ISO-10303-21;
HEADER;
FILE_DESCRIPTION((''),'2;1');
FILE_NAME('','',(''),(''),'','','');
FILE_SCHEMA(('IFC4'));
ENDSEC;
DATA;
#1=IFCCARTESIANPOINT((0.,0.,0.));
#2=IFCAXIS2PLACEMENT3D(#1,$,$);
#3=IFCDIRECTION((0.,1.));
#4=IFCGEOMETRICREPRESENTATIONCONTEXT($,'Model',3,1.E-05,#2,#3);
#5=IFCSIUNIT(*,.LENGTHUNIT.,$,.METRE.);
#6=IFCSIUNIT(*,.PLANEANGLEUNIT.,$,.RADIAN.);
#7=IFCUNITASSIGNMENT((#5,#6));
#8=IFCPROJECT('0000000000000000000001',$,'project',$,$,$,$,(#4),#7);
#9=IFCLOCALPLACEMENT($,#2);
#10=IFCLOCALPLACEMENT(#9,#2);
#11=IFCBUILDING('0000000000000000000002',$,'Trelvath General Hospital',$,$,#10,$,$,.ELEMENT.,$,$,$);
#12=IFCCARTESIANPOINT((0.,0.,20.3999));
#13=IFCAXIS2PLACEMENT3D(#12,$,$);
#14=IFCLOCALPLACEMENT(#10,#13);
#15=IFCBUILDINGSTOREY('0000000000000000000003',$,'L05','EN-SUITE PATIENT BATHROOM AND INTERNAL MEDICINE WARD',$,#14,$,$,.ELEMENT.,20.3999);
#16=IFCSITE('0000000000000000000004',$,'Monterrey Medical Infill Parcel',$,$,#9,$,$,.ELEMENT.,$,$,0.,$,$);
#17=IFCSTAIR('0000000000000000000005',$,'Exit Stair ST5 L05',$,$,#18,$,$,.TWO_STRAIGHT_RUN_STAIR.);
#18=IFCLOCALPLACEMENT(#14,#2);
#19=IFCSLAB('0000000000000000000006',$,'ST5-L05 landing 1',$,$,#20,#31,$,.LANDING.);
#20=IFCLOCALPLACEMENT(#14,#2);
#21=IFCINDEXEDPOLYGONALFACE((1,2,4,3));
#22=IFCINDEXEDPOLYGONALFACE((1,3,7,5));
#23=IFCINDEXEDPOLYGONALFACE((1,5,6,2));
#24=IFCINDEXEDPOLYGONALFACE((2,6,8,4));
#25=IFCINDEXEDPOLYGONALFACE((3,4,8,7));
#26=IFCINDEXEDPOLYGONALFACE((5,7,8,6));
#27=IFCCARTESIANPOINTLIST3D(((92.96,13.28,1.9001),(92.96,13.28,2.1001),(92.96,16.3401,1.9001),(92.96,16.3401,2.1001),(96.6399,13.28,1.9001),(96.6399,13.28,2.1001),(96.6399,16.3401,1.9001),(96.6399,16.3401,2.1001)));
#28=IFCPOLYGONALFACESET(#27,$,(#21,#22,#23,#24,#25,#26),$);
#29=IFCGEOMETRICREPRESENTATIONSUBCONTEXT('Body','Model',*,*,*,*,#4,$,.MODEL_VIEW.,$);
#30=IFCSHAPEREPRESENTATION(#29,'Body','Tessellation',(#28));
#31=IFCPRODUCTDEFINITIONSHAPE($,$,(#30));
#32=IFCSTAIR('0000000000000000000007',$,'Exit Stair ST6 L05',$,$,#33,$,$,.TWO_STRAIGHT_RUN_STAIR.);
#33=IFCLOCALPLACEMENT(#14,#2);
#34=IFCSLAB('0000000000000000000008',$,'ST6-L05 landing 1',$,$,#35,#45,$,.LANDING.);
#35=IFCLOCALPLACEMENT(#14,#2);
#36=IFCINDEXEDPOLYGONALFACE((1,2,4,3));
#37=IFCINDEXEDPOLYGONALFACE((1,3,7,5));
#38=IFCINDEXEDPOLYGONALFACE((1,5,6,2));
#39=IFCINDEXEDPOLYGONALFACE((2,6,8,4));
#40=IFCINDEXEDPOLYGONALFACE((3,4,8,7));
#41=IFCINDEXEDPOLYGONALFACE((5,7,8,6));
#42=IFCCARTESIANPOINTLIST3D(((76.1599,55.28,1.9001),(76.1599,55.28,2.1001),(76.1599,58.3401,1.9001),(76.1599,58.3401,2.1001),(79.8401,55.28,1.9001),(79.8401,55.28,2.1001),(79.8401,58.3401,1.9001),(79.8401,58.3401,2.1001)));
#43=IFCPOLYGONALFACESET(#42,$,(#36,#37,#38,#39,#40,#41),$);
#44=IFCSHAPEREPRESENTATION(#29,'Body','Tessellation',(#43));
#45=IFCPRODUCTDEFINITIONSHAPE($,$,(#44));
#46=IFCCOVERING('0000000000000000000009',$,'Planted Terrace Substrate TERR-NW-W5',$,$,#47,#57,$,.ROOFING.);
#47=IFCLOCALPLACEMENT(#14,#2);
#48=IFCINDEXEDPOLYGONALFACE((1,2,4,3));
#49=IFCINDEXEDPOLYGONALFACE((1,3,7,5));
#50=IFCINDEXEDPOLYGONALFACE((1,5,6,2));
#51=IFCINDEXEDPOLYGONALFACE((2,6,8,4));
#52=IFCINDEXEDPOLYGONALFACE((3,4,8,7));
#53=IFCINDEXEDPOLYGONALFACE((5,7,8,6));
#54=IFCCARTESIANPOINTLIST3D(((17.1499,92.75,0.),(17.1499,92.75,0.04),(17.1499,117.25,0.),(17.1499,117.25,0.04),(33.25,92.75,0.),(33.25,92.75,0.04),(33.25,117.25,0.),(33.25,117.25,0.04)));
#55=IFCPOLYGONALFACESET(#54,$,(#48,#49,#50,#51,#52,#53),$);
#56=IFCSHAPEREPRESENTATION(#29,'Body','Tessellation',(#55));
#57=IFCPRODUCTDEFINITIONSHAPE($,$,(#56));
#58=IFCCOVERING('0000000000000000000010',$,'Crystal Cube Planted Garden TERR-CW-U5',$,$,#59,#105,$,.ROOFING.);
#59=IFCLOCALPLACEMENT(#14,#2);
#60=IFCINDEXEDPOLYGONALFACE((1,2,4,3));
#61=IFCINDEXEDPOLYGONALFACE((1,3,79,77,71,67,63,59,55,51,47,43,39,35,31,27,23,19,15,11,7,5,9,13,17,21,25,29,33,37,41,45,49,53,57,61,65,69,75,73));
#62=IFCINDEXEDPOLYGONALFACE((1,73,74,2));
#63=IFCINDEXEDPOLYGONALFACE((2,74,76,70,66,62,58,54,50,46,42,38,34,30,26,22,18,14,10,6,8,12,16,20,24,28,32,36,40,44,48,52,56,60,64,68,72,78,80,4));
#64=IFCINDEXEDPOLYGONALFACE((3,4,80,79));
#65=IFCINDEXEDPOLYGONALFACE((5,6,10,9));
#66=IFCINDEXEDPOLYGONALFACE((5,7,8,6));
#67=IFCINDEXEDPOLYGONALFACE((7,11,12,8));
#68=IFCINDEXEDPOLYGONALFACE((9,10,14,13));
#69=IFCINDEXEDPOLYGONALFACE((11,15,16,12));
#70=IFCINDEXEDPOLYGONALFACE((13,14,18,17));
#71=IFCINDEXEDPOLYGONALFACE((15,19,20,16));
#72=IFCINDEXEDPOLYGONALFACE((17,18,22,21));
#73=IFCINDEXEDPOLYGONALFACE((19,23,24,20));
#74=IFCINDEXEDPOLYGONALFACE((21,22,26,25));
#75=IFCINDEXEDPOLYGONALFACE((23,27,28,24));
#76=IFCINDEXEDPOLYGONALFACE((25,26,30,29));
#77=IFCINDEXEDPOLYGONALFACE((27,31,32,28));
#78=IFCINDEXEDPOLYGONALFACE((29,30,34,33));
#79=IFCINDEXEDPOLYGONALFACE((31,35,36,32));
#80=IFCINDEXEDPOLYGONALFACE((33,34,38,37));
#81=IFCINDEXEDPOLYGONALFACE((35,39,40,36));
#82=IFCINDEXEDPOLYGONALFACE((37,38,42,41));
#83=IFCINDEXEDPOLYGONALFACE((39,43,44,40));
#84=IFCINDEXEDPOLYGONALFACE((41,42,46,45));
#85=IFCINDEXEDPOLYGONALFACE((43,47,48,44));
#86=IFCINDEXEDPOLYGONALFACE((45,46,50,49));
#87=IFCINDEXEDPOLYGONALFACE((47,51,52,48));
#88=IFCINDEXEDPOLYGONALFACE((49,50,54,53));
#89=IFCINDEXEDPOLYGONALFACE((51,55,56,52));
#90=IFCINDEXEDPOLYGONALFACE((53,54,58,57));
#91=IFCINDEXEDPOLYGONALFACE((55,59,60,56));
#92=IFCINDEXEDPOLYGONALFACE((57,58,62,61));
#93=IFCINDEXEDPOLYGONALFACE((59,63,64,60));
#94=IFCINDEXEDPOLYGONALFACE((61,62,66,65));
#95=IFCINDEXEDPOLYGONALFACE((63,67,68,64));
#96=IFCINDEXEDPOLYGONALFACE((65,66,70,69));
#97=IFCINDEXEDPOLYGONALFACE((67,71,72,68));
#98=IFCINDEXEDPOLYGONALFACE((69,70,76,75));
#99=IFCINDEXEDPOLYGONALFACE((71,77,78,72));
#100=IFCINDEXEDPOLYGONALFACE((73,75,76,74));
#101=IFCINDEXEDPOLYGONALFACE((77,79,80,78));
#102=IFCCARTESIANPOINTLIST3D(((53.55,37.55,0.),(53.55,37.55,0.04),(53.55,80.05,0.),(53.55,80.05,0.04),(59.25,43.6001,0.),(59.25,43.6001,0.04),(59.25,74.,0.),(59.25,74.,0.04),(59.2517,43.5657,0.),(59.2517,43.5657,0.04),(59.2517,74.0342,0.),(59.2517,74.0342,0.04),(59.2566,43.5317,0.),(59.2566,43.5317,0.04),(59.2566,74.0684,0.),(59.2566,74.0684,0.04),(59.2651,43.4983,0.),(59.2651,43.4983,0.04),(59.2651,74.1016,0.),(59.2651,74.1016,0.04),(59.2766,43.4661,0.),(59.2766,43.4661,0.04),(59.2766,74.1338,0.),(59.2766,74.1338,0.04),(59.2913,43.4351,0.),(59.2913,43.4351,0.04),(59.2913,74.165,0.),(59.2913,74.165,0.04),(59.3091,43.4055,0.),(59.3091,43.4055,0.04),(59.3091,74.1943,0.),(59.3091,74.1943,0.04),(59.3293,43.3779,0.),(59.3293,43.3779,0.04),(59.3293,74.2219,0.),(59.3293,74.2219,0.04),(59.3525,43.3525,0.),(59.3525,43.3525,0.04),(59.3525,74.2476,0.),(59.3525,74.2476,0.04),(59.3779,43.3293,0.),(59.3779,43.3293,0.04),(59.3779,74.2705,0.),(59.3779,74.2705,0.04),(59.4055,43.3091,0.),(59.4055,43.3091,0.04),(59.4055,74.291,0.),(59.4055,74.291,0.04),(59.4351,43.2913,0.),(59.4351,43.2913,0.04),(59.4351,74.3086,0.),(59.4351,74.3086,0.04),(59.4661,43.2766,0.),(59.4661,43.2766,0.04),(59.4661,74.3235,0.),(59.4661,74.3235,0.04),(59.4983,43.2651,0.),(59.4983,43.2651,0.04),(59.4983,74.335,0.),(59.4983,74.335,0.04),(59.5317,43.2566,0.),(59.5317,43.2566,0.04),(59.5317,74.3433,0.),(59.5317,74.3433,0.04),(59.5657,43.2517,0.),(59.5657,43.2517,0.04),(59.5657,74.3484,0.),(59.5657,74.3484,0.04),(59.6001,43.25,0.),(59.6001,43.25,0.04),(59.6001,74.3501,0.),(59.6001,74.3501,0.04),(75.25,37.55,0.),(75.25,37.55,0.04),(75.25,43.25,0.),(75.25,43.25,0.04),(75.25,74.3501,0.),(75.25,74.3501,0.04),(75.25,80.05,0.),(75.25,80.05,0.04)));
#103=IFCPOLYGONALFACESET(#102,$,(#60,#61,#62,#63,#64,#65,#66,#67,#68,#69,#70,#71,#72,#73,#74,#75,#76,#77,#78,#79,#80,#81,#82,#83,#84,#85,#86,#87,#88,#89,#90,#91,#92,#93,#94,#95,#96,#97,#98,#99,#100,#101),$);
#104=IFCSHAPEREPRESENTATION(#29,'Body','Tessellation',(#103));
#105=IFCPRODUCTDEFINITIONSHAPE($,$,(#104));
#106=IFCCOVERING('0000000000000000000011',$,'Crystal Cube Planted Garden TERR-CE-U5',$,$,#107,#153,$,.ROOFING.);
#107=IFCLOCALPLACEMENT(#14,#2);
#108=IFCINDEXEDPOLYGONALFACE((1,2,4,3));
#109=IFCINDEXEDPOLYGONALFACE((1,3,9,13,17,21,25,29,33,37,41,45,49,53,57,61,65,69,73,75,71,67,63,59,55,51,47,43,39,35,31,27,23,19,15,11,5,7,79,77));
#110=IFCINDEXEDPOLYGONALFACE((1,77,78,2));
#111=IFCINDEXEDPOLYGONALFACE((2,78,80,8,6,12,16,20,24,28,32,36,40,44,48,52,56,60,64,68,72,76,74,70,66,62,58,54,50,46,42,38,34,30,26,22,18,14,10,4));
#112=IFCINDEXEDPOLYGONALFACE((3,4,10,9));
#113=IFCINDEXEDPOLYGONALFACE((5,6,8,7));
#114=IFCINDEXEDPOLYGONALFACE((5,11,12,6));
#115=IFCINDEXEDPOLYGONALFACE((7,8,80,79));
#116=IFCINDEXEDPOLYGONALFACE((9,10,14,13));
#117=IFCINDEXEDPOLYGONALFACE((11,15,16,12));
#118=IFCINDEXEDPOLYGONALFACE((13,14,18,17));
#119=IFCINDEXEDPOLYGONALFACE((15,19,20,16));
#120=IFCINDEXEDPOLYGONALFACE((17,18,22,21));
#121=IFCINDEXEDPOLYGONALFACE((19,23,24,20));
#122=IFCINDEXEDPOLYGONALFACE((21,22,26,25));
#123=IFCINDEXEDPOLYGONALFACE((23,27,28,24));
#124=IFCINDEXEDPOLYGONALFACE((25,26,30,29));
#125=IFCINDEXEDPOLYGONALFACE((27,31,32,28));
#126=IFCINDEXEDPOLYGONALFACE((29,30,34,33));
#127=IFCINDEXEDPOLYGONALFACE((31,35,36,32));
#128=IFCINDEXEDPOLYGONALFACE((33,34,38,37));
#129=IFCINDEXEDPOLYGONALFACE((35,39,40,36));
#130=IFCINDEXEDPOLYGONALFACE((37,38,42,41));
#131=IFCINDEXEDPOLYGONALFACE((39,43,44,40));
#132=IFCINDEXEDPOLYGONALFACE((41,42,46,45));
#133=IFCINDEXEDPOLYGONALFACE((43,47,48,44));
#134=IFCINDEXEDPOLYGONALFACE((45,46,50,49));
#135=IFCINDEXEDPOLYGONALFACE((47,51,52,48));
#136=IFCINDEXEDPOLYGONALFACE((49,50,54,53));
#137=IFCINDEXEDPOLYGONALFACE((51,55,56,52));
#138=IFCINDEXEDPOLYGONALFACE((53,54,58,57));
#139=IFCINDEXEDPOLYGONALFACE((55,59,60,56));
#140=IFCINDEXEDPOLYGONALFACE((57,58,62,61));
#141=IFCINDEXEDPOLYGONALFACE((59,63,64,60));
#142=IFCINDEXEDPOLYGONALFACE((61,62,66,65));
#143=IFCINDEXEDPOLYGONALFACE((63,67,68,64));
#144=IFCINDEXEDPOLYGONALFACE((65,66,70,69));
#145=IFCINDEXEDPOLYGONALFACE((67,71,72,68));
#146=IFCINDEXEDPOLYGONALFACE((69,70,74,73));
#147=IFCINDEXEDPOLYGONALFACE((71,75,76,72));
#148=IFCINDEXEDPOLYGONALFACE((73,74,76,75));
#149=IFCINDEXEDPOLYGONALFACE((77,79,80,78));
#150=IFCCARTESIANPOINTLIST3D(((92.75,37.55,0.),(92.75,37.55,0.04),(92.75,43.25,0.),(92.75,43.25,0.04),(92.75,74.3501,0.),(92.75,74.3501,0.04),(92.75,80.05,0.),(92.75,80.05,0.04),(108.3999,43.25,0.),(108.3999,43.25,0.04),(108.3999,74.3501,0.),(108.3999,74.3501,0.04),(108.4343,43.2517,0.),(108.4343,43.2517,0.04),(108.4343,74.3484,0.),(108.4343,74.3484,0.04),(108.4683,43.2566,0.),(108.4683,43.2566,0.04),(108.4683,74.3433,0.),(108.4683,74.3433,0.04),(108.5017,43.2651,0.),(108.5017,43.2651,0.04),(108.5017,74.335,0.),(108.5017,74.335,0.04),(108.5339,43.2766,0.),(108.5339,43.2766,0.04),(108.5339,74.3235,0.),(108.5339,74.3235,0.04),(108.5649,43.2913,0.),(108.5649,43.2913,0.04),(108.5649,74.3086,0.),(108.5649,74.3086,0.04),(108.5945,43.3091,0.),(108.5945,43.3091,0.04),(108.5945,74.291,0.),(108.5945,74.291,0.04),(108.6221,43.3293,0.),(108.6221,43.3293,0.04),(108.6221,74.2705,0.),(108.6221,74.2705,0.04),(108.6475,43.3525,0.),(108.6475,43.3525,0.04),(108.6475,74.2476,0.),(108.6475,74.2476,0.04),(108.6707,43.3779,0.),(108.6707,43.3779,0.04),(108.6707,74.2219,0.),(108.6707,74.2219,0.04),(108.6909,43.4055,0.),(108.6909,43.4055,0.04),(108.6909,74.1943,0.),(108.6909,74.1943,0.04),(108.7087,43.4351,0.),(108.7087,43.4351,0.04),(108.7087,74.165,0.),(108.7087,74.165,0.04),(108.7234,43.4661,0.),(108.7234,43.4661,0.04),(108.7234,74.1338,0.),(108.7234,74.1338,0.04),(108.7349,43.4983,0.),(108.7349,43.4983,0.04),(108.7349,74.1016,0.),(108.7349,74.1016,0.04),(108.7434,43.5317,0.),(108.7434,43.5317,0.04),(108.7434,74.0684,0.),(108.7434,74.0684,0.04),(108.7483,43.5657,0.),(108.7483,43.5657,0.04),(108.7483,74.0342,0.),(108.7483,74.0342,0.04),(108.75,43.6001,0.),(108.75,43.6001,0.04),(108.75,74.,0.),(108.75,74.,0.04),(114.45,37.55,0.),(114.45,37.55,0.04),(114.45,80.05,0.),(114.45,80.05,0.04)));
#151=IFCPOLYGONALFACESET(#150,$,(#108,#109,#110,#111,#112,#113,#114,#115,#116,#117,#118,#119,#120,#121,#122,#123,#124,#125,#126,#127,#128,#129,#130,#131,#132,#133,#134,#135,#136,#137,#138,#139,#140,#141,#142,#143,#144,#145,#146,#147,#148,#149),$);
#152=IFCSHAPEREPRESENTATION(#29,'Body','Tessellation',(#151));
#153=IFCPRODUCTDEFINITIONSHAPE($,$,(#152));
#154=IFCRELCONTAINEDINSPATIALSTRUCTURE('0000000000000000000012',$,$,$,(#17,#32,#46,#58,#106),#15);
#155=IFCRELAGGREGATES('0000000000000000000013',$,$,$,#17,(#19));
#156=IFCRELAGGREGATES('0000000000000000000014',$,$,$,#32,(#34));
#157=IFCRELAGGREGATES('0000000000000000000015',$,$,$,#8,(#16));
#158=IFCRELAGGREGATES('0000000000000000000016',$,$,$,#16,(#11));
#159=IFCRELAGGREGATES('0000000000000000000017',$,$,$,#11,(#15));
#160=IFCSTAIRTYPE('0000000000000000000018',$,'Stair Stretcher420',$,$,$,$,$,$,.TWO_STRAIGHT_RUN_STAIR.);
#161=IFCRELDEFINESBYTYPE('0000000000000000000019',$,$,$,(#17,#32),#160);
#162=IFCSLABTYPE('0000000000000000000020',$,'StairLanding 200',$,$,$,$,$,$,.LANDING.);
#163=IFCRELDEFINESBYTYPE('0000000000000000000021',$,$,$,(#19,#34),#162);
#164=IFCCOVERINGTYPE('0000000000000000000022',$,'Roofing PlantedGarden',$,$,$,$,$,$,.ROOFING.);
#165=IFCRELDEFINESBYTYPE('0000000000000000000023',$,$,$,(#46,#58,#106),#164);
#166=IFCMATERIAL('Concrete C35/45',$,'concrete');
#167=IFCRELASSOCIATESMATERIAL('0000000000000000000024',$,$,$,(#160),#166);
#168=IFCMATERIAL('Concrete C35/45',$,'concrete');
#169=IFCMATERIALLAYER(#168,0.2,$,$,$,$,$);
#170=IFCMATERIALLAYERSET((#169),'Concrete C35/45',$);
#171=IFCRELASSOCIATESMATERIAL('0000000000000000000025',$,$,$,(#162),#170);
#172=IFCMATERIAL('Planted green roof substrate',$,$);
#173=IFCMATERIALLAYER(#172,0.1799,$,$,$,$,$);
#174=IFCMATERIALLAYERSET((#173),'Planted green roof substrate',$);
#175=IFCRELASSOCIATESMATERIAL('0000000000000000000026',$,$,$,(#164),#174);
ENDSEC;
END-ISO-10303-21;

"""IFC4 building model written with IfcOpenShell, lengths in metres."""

from ifc_helpers import new_model, si_unit, direction, frame, origin, place, context, subcontext, project, spatial, polyline, outline, extrude, material, layer, layer_set, type_object, element, aggregate, save


model = new_model("IFC4")

# Units and contexts
model_context = context("Model", 3, precision=1e-05, world=origin(), true_north=direction((0.0, 1.0)))
body_context = subcontext(model_context, "Body", "Model", "MODEL_VIEW")
ifc_project = project(units=[si_unit("LENGTHUNIT", "METRE"), si_unit("PLANEANGLEUNIT", "RADIAN")], contexts=[model_context])

# Site, building, storey
site_placement = place(None, origin())
site = spatial("IfcSite", under=ifc_project, at=site_placement, Name="Monterrey Medical Infill Parcel", CompositionType="ELEMENT", RefElevation=0.0)
building_placement = place(site_placement, origin())
building = spatial("IfcBuilding", under=site, at=building_placement, Name="Trelvath General Hospital", CompositionType="ELEMENT")
storey_placement = place(building_placement, frame((0.0, 0.0, 20.3999)))
storey = spatial("IfcBuildingStorey", under=building, at=storey_placement, Name="L05", Description="EN-SUITE PATIENT BATHROOM AND INTERNAL MEDICINE WARD", CompositionType="ELEMENT", Elevation=20.3999)

# Stairs, slabs
ifc_material_1 = material(Name="Concrete C35/45", Category="concrete")
stair_type = type_object("IfcStairType", Name="Stair Stretcher420", PredefinedType="TWO_STRAIGHT_RUN_STAIR", material=ifc_material_1)
ifc_material_2 = material(Name="Concrete C35/45", Category="concrete")
ifc_layer_1 = layer(ifc_material_2, 0.2)
ifc_layer_set_1 = layer_set([ifc_layer_1], Name="Concrete C35/45")
slab_type_1 = type_object("IfcSlabType", Name="StairLanding 200", PredefinedType="LANDING", material=ifc_layer_set_1)
stair_1_placement = place(storey_placement, origin())
stair_1 = element("IfcStair", 1, at=stair_1_placement, inside=storey, type_object=stair_type, Name="Exit Stair ST5 L05", PredefinedType="TWO_STRAIGHT_RUN_STAIR")
slab_1_placement = place(storey_placement, frame((0.0, 0.0, 1.9001)))
slab_1 = element("IfcSlab", 2, at=slab_1_placement, type_object=slab_type_1, Name="ST5-L05 landing 1", PredefinedType="LANDING", context=body_context, shape_type="SweptSolid", body=[
    extrude(outline(polyline([(92.96, 13.28), (96.6399, 13.28), (96.6399, 16.3401), (92.96, 16.3401), (92.96, 13.28)])), origin(), (0.0, 0.0, 1.0), 0.2),
])
aggregate(stair_1, [slab_1])
stair_2_placement = place(storey_placement, origin())
stair_2 = element("IfcStair", 3, at=stair_2_placement, inside=storey, type_object=stair_type, Name="Exit Stair ST6 L05", PredefinedType="TWO_STRAIGHT_RUN_STAIR")
slab_2_placement = place(storey_placement, frame((0.0, 0.0, 1.9001)))
slab_2 = element("IfcSlab", 4, at=slab_2_placement, type_object=slab_type_1, Name="ST6-L05 landing 1", PredefinedType="LANDING", context=body_context, shape_type="SweptSolid", body=[
    extrude(outline(polyline([(76.1599, 55.28), (79.8401, 55.28), (79.8401, 58.3401), (76.1599, 58.3401), (76.1599, 55.28)])), origin(), (0.0, 0.0, 1.0), 0.2),
])
aggregate(stair_2, [slab_2])

# Coverings
ifc_material_3 = material(Name="Planted green roof substrate")
ifc_layer_2 = layer(ifc_material_3, 0.1799)
ifc_layer_set_2 = layer_set([ifc_layer_2], Name="Planted green roof substrate")
covering_type = type_object("IfcCoveringType", Name="Roofing PlantedGarden", PredefinedType="ROOFING", material=ifc_layer_set_2)
covering_1_placement = place(storey_placement, origin())
element("IfcCovering", 5, at=covering_1_placement, inside=storey, type_object=covering_type, Name="Planted Terrace Substrate TERR-NW-W5", PredefinedType="ROOFING", context=body_context, shape_type="SweptSolid", body=[
    extrude(outline(polyline([(17.1499, 92.75), (33.25, 92.75), (33.25, 117.25), (17.1499, 117.25), (17.1499, 92.75)])), origin(), (0.0, 0.0, 1.0), 0.04),
])
covering_2_placement = place(storey_placement, origin())
element("IfcCovering", 6, at=covering_2_placement, inside=storey, type_object=covering_type, Name="Crystal Cube Planted Garden TERR-CW-U5", PredefinedType="ROOFING", context=body_context, shape_type="SweptSolid", body=[
    extrude(outline(polyline([(53.55, 37.55), (53.55, 80.05), (75.25, 80.05), (75.25, 74.3501), (59.6001, 74.3501), (59.5657, 74.3484), (59.5317, 74.3433), (59.4983, 74.335), (59.4661, 74.3235), (59.4351, 74.3086), (59.4055, 74.291), (59.3779, 74.2705), (59.3525, 74.2476), (59.3293, 74.2219), (59.3091, 74.1943), (59.2913, 74.165), (59.2766, 74.1338), (59.2651, 74.1016), (59.2566, 74.0684), (59.2517, 74.0342), (59.25, 74.0), (59.25, 43.6001), (59.2517, 43.5657), (59.2566, 43.5317), (59.2651, 43.4983), (59.2766, 43.4661), (59.2913, 43.4351), (59.3091, 43.4055), (59.3293, 43.3779), (59.3525, 43.3525), (59.3779, 43.3293), (59.4055, 43.3091), (59.4351, 43.2913), (59.4661, 43.2766), (59.4983, 43.2651), (59.5317, 43.2566), (59.5657, 43.2517), (59.6001, 43.25), (75.25, 43.25), (75.25, 37.55), (53.55, 37.55)])), origin(), (0.0, 0.0, 1.0), 0.04),
])
covering_3_placement = place(storey_placement, origin())
element("IfcCovering", 7, at=covering_3_placement, inside=storey, type_object=covering_type, Name="Crystal Cube Planted Garden TERR-CE-U5", PredefinedType="ROOFING", context=body_context, shape_type="SweptSolid", body=[
    extrude(outline(polyline([(92.75, 37.55), (92.75, 43.25), (108.3999, 43.25), (108.4343, 43.2517), (108.4683, 43.2566), (108.5017, 43.2651), (108.5339, 43.2766), (108.5649, 43.2913), (108.5945, 43.3091), (108.6221, 43.3293), (108.6475, 43.3525), (108.6707, 43.3779), (108.6909, 43.4055), (108.7087, 43.4351), (108.7234, 43.4661), (108.7349, 43.4983), (108.7434, 43.5317), (108.7483, 43.5657), (108.75, 43.6001), (108.75, 74.0), (108.7483, 74.0342), (108.7434, 74.0684), (108.7349, 74.1016), (108.7234, 74.1338), (108.7087, 74.165), (108.6909, 74.1943), (108.6707, 74.2219), (108.6475, 74.2476), (108.6221, 74.2705), (108.5945, 74.291), (108.5649, 74.3086), (108.5339, 74.3235), (108.5017, 74.335), (108.4683, 74.3433), (108.4343, 74.3484), (108.3999, 74.3501), (92.75, 74.3501), (92.75, 80.05), (114.45, 80.05), (114.45, 37.55), (92.75, 37.55)])), origin(), (0.0, 0.0, 1.0), 0.04),
])

save(model, "model.ifc")
